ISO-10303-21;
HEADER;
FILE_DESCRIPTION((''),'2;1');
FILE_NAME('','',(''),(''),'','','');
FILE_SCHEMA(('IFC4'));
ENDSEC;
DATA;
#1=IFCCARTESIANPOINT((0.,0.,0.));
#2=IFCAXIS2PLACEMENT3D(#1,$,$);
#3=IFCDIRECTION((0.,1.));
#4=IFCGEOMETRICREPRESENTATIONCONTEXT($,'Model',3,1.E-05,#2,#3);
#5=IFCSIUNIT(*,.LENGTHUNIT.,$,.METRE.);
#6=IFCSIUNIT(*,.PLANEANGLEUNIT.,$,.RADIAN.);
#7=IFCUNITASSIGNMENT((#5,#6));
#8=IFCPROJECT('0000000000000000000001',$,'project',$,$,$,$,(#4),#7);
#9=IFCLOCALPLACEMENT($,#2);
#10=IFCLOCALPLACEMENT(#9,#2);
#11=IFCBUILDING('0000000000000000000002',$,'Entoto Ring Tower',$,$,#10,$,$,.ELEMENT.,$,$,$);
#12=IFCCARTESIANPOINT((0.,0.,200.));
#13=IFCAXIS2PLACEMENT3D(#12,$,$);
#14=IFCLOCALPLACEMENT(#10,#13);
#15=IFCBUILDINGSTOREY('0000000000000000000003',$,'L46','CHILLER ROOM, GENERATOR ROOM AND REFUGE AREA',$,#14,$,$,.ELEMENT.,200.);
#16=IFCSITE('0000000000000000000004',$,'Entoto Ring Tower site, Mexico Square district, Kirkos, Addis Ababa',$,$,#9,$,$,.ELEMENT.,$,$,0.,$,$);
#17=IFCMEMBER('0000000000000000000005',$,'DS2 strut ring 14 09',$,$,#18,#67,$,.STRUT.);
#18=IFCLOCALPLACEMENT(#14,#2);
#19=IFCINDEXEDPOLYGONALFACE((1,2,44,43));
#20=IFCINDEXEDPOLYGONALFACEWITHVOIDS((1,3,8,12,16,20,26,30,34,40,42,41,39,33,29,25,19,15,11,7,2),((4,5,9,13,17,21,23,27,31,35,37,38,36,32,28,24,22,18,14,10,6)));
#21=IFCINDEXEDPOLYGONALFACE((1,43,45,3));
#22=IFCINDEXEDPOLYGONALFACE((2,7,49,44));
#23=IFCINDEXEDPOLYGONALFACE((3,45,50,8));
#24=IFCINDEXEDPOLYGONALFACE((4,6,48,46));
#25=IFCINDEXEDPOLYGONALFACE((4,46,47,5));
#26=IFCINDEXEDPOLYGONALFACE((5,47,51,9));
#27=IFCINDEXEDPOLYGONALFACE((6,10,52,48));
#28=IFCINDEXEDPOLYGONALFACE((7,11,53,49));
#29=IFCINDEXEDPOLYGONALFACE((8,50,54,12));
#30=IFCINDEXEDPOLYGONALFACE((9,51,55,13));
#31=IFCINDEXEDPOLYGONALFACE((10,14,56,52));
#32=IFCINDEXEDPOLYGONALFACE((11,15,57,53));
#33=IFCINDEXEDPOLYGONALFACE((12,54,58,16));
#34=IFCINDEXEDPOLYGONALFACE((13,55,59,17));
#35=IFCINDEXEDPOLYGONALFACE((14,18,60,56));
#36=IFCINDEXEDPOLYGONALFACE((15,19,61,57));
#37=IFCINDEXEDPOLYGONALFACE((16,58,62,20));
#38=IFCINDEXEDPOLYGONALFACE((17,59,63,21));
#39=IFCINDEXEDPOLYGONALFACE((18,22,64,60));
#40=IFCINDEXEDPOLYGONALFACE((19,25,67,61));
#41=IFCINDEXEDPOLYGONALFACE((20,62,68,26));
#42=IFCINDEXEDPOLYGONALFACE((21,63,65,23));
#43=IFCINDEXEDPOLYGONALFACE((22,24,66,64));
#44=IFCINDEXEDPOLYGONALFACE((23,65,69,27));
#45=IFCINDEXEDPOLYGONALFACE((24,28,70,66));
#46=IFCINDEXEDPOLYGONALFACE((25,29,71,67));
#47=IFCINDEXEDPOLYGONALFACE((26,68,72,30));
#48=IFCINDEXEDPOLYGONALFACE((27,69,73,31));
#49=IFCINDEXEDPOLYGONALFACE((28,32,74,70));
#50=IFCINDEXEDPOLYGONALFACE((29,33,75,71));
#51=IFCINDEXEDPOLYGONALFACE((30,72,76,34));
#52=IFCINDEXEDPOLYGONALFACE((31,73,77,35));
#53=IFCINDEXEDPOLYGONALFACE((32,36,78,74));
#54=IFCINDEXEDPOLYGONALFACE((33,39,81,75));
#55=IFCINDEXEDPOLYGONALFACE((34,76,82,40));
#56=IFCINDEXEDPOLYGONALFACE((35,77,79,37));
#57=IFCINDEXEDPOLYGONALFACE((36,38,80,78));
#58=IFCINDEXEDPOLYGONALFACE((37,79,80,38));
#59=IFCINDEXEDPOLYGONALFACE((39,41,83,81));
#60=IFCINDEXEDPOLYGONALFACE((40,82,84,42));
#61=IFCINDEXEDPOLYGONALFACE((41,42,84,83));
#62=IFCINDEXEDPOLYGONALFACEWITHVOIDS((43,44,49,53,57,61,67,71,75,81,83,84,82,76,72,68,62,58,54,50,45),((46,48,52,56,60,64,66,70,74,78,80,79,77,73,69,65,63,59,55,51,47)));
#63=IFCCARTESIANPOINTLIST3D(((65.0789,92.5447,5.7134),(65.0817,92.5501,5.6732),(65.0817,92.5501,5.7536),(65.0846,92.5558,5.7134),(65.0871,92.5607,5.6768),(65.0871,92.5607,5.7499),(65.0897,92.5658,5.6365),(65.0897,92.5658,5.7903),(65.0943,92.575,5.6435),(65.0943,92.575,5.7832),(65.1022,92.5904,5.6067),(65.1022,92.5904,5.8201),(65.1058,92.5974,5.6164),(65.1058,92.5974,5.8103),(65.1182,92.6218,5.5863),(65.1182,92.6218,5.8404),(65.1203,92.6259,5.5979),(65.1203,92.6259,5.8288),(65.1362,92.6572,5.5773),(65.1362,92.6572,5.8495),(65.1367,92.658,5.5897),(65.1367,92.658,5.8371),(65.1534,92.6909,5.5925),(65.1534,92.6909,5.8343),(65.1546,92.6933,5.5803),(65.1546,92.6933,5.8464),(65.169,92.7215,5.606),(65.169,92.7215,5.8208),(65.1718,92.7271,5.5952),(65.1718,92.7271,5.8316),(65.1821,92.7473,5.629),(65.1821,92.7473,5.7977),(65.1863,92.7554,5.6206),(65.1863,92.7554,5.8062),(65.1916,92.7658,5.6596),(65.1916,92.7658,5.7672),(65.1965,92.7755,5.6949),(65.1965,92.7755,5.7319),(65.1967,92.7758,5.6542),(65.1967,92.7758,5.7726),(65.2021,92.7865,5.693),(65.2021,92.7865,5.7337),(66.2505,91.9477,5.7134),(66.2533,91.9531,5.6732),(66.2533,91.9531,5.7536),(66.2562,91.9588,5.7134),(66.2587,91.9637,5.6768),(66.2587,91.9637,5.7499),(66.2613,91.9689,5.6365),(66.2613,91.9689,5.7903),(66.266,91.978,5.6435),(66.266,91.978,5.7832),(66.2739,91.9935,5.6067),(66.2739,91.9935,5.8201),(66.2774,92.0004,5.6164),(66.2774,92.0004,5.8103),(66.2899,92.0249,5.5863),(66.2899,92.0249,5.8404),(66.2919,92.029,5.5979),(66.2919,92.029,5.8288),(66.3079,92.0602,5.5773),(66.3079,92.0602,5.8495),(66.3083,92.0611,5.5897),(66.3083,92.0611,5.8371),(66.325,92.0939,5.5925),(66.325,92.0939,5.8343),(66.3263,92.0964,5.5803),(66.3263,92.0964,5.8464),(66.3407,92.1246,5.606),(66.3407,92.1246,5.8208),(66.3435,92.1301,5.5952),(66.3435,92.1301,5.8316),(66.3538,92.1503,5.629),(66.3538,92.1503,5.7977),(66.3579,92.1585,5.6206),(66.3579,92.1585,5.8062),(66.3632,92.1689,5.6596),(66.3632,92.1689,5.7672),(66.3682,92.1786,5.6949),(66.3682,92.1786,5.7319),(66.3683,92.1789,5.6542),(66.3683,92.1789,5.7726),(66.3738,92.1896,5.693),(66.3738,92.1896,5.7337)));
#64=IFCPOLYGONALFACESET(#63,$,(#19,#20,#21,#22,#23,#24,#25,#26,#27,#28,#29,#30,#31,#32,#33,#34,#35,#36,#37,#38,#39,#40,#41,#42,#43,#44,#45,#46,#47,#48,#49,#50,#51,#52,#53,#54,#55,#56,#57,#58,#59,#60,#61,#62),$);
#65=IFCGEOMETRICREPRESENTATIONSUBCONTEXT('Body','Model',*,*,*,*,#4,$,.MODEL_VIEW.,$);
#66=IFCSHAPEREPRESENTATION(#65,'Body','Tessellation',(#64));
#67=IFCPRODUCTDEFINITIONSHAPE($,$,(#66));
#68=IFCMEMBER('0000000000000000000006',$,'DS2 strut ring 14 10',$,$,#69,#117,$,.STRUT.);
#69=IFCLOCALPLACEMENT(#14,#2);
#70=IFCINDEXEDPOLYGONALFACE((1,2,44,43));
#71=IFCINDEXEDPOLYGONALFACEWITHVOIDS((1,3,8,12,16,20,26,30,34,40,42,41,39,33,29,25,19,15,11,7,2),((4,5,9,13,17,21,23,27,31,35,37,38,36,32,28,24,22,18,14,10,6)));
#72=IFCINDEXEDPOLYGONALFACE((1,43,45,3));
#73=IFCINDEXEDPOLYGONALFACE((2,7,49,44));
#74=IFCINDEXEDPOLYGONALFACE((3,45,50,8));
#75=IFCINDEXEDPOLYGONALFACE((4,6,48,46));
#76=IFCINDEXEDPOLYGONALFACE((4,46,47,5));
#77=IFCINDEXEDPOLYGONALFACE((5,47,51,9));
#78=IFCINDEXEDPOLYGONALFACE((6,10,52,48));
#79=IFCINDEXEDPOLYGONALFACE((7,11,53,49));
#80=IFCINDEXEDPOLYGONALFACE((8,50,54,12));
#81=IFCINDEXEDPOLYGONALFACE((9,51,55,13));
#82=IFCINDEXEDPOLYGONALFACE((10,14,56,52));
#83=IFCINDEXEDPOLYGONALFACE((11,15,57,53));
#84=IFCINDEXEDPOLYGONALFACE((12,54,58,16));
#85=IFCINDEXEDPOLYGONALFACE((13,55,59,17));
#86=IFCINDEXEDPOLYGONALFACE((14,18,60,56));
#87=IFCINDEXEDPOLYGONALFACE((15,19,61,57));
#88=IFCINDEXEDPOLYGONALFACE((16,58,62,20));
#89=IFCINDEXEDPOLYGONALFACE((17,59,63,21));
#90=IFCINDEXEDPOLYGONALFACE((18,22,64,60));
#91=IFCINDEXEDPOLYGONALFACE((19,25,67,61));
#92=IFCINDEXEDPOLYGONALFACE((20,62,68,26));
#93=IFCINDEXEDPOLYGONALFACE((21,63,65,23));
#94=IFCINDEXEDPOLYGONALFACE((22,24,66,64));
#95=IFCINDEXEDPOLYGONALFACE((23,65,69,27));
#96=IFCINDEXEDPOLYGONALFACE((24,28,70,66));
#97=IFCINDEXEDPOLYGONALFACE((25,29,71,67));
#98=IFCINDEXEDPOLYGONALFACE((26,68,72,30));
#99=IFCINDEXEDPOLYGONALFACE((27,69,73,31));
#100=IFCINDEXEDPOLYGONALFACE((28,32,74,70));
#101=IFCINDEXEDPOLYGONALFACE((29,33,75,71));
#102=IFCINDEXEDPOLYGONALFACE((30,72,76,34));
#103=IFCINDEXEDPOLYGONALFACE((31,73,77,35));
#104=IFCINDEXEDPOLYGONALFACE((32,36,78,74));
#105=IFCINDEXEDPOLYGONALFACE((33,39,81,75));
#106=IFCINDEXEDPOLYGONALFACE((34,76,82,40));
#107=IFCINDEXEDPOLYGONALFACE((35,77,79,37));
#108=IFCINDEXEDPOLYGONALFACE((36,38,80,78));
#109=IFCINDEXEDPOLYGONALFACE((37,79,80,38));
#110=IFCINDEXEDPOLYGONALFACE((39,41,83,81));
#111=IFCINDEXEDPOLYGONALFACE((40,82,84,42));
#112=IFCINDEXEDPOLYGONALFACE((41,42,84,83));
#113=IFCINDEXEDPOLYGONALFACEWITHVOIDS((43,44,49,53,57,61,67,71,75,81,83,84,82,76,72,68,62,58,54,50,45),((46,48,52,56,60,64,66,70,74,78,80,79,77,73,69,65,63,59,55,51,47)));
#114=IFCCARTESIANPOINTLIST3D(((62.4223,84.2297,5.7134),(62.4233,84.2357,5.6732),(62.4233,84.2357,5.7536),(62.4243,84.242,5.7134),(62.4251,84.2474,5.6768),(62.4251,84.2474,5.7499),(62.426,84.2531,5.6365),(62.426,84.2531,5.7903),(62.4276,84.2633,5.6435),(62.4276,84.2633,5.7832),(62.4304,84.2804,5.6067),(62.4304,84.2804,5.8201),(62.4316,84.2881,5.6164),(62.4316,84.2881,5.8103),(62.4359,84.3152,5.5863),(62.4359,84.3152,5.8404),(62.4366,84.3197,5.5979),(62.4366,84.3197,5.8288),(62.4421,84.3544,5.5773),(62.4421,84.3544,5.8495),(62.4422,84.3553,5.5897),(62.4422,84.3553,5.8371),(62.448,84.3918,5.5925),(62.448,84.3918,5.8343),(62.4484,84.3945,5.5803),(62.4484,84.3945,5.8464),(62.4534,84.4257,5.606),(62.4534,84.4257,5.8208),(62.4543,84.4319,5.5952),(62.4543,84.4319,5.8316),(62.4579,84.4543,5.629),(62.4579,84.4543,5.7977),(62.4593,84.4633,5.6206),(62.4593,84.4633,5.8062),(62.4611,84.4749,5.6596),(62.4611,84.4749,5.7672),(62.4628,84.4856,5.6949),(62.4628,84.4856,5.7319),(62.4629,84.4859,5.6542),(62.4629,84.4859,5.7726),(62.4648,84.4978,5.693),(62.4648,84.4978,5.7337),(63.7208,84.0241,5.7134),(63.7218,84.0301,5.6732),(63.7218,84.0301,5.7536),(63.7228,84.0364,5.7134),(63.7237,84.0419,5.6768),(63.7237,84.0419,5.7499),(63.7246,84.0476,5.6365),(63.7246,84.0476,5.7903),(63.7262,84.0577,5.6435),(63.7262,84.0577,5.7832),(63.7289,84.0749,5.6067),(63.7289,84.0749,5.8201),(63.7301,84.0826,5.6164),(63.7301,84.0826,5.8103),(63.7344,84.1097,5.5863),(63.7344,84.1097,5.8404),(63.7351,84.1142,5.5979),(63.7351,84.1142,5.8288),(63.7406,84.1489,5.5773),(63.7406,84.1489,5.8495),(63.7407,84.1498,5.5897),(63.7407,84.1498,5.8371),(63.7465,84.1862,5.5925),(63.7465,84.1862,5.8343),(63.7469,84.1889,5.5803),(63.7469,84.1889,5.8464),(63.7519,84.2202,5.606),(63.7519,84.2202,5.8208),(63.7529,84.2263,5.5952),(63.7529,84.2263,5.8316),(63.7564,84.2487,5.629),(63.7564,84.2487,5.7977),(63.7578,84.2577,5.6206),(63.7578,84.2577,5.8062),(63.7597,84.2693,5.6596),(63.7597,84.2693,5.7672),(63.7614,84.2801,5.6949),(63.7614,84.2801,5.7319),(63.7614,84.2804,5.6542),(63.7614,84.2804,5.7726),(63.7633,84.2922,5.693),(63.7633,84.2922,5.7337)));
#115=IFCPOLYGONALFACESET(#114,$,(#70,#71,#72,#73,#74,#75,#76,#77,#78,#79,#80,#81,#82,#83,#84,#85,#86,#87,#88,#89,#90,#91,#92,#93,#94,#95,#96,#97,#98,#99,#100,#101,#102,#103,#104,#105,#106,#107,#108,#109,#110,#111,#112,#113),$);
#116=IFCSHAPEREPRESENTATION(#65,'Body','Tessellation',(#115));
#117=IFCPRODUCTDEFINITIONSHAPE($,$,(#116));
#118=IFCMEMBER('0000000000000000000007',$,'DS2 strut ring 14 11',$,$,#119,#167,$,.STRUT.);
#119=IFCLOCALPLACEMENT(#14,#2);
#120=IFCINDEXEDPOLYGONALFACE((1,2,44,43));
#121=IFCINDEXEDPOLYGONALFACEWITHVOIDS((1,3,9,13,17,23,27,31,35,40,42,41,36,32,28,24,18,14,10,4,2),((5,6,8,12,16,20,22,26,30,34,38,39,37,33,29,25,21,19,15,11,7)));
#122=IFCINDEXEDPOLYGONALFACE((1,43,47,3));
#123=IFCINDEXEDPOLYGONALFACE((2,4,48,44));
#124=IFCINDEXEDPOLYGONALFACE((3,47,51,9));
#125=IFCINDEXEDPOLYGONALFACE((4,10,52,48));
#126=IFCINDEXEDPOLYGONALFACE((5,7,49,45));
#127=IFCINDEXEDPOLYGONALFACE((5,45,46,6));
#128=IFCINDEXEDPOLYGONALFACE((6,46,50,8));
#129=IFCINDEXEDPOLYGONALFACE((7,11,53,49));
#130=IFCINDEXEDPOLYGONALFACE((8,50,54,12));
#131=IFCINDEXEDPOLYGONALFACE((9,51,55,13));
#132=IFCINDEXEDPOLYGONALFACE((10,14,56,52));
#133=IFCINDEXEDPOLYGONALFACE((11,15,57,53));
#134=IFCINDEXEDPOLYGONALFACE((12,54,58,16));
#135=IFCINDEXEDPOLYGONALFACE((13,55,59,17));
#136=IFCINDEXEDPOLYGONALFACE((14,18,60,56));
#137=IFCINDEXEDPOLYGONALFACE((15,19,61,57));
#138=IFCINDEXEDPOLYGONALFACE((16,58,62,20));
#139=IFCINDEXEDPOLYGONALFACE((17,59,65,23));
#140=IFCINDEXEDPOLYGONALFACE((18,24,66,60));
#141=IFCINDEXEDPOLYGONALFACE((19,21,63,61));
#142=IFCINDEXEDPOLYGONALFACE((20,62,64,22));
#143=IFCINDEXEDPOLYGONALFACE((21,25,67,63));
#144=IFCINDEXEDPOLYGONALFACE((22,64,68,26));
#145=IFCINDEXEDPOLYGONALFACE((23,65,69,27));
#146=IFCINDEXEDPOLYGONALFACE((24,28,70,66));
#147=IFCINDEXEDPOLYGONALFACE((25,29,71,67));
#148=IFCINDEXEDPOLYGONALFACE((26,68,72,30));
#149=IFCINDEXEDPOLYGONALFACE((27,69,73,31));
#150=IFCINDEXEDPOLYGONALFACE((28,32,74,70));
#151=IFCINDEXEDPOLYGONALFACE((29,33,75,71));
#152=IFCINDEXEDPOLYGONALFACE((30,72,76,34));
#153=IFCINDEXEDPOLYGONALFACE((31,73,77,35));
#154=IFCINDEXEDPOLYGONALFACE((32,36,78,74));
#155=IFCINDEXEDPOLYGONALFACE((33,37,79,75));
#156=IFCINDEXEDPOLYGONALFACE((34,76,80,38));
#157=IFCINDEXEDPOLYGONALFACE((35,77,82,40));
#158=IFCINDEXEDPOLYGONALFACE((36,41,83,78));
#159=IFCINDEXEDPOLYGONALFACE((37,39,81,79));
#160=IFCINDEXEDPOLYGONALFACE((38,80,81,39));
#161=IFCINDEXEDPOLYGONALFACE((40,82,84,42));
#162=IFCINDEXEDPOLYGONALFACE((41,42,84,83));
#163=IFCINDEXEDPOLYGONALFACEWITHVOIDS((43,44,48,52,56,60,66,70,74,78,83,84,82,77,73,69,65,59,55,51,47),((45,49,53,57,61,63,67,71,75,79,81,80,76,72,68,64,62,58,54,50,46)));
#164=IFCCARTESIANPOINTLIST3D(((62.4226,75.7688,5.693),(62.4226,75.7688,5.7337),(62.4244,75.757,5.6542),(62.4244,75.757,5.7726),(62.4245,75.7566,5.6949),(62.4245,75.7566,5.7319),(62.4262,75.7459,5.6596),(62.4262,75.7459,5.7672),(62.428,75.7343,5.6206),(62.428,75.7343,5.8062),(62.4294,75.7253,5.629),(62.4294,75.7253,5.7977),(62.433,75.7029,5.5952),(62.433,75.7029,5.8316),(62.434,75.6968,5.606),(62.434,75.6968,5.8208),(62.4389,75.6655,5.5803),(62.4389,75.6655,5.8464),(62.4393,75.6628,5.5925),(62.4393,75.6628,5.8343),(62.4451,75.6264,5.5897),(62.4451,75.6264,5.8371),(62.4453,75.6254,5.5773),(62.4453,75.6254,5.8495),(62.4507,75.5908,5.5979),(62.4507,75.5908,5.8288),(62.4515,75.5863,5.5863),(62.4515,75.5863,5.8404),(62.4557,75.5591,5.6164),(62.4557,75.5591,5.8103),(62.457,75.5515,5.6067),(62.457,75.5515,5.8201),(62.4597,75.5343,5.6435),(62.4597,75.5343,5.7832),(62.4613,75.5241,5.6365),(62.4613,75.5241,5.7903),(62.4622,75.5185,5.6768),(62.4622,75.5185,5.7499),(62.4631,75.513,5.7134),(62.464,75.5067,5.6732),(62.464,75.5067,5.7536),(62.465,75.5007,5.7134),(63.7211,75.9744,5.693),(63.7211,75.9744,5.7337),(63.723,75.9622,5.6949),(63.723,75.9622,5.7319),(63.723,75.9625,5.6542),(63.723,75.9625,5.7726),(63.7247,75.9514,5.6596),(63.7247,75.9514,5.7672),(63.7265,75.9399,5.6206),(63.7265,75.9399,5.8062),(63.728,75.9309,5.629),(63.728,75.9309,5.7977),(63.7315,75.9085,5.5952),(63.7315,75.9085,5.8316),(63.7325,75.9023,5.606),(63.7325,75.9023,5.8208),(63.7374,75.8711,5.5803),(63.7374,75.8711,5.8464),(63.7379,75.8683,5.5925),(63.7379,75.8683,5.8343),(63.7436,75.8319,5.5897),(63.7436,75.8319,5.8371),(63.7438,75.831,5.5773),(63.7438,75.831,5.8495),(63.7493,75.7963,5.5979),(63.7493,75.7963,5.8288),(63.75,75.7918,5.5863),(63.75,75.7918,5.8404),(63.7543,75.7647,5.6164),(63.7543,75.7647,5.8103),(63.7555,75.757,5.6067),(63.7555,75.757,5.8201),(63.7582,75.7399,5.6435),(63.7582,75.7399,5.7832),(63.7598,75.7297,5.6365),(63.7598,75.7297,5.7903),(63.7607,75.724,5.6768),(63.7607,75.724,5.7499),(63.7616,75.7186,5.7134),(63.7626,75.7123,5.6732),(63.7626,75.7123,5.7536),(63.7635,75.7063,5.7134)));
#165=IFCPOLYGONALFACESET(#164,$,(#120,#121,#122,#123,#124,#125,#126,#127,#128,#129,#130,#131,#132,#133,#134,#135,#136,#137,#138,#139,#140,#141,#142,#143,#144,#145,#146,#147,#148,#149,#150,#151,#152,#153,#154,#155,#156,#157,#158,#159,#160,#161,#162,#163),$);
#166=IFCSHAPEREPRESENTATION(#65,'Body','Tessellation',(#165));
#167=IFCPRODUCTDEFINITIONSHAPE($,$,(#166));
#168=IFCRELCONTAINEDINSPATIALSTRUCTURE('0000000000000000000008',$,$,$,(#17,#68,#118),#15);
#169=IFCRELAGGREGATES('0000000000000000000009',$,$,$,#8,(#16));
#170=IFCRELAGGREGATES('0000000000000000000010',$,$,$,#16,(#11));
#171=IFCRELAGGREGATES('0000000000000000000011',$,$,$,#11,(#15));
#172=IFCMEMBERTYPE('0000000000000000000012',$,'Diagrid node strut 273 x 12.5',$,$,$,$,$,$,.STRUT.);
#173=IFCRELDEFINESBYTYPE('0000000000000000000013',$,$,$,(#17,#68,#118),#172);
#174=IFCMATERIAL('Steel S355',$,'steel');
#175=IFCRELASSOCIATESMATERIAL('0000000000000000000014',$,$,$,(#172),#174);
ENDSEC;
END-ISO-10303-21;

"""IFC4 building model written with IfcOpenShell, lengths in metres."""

from ifc_helpers import new_model, si_unit, direction, frame, origin, origin_2d, place, context, subcontext, project, spatial, circle, hollow_circle, extrude, material, material_profile, profile_set, type_object, element, save


model = new_model("IFC4")

# Units and contexts
model_context = context("Model", 3, precision=1e-05, world=origin(), true_north=direction((0.0, 1.0)))
body_context = subcontext(model_context, "Body", "Model", "MODEL_VIEW")
ifc_project = project(units=[si_unit("LENGTHUNIT", "METRE"), si_unit("PLANEANGLEUNIT", "RADIAN")], contexts=[model_context])

# Site, building, storey
site_placement = place(None, origin())
site = spatial("IfcSite", under=ifc_project, at=site_placement, Name="Entoto Ring Tower site, Mexico Square district, Kirkos, Addis Ababa", CompositionType="ELEMENT", RefElevation=0.0)
building_placement = place(site_placement, origin())
building = spatial("IfcBuilding", under=site, at=building_placement, Name="Entoto Ring Tower", CompositionType="ELEMENT")
storey_placement = place(building_placement, frame((0.0, 0.0, 200.0)))
storey = spatial("IfcBuildingStorey", under=building, at=storey_placement, Name="L46", Description="CHILLER ROOM, GENERATOR ROOM AND REFUGE AREA", CompositionType="ELEMENT", Elevation=200.0)

# Members
ifc_material_1 = material(Name="Steel S355", Category="steel")
ifc_material_profile_1 = material_profile(ifc_material_1, hollow_circle(Radius=0.1365, WallThickness=0.0125, at=origin_2d()), Name="CHS 273 x 12.5")
ifc_material_2 = material(Name="Concrete C60/75", Category="concrete")
ifc_material_profile_2 = material_profile(ifc_material_2, circle(Radius=0.124, at=origin_2d()), Name="Concrete C60/75 infill")
ifc_profile_set_1 = profile_set([ifc_material_profile_1, ifc_material_profile_2], Name="Steel S355")
member_type_1 = type_object("IfcMemberType", Name="Diagrid node strut 273 x 12.5", PredefinedType="STRUT", material=ifc_profile_set_1)
member_1_placement = place(storey_placement, frame((66.3125, 92.0693, 5.7134), z_axis=(-0.891022, 0.453959, 0.0), x_axis=(-0.453959, -0.891022, 0.0)))
element("IfcMember", 1, at=member_1_placement, inside=storey, type_object=member_type_1, Name="DS2 strut ring 14 09", PredefinedType="STRUT", context=body_context, shape_type="SweptSolid", body=[
    extrude(hollow_circle(Radius=0.1365, WallThickness=0.0125, at=origin_2d()), origin(), (0.0, 0.0, 1.0), 1.3149),
])
for number, where, z_axis, x_axis, name in (
    (2, (63.7422, 84.1589, 5.7134), (-0.987701, 0.156354, 0.0), (-0.156354, -0.987701, 0.0), "DS2 strut ring 14 10"),
    (3, (63.7422, 75.8411, 5.7134), (-0.987701, -0.156354, 0.0), (0.156354, -0.987701, 0.0), "DS2 strut ring 14 11"),
):
    element("IfcMember", number, at=place(storey_placement, frame(where, z_axis=z_axis, x_axis=x_axis)), inside=storey, type_object=member_type_1, Name=name, PredefinedType="STRUT", context=body_context, shape_type="SweptSolid", body=[
        extrude(hollow_circle(Radius=0.1365, WallThickness=0.0125, at=origin_2d()), origin(), (0.0, 0.0, 1.0), 1.3147),
    ])

save(model, "model.ifc")
